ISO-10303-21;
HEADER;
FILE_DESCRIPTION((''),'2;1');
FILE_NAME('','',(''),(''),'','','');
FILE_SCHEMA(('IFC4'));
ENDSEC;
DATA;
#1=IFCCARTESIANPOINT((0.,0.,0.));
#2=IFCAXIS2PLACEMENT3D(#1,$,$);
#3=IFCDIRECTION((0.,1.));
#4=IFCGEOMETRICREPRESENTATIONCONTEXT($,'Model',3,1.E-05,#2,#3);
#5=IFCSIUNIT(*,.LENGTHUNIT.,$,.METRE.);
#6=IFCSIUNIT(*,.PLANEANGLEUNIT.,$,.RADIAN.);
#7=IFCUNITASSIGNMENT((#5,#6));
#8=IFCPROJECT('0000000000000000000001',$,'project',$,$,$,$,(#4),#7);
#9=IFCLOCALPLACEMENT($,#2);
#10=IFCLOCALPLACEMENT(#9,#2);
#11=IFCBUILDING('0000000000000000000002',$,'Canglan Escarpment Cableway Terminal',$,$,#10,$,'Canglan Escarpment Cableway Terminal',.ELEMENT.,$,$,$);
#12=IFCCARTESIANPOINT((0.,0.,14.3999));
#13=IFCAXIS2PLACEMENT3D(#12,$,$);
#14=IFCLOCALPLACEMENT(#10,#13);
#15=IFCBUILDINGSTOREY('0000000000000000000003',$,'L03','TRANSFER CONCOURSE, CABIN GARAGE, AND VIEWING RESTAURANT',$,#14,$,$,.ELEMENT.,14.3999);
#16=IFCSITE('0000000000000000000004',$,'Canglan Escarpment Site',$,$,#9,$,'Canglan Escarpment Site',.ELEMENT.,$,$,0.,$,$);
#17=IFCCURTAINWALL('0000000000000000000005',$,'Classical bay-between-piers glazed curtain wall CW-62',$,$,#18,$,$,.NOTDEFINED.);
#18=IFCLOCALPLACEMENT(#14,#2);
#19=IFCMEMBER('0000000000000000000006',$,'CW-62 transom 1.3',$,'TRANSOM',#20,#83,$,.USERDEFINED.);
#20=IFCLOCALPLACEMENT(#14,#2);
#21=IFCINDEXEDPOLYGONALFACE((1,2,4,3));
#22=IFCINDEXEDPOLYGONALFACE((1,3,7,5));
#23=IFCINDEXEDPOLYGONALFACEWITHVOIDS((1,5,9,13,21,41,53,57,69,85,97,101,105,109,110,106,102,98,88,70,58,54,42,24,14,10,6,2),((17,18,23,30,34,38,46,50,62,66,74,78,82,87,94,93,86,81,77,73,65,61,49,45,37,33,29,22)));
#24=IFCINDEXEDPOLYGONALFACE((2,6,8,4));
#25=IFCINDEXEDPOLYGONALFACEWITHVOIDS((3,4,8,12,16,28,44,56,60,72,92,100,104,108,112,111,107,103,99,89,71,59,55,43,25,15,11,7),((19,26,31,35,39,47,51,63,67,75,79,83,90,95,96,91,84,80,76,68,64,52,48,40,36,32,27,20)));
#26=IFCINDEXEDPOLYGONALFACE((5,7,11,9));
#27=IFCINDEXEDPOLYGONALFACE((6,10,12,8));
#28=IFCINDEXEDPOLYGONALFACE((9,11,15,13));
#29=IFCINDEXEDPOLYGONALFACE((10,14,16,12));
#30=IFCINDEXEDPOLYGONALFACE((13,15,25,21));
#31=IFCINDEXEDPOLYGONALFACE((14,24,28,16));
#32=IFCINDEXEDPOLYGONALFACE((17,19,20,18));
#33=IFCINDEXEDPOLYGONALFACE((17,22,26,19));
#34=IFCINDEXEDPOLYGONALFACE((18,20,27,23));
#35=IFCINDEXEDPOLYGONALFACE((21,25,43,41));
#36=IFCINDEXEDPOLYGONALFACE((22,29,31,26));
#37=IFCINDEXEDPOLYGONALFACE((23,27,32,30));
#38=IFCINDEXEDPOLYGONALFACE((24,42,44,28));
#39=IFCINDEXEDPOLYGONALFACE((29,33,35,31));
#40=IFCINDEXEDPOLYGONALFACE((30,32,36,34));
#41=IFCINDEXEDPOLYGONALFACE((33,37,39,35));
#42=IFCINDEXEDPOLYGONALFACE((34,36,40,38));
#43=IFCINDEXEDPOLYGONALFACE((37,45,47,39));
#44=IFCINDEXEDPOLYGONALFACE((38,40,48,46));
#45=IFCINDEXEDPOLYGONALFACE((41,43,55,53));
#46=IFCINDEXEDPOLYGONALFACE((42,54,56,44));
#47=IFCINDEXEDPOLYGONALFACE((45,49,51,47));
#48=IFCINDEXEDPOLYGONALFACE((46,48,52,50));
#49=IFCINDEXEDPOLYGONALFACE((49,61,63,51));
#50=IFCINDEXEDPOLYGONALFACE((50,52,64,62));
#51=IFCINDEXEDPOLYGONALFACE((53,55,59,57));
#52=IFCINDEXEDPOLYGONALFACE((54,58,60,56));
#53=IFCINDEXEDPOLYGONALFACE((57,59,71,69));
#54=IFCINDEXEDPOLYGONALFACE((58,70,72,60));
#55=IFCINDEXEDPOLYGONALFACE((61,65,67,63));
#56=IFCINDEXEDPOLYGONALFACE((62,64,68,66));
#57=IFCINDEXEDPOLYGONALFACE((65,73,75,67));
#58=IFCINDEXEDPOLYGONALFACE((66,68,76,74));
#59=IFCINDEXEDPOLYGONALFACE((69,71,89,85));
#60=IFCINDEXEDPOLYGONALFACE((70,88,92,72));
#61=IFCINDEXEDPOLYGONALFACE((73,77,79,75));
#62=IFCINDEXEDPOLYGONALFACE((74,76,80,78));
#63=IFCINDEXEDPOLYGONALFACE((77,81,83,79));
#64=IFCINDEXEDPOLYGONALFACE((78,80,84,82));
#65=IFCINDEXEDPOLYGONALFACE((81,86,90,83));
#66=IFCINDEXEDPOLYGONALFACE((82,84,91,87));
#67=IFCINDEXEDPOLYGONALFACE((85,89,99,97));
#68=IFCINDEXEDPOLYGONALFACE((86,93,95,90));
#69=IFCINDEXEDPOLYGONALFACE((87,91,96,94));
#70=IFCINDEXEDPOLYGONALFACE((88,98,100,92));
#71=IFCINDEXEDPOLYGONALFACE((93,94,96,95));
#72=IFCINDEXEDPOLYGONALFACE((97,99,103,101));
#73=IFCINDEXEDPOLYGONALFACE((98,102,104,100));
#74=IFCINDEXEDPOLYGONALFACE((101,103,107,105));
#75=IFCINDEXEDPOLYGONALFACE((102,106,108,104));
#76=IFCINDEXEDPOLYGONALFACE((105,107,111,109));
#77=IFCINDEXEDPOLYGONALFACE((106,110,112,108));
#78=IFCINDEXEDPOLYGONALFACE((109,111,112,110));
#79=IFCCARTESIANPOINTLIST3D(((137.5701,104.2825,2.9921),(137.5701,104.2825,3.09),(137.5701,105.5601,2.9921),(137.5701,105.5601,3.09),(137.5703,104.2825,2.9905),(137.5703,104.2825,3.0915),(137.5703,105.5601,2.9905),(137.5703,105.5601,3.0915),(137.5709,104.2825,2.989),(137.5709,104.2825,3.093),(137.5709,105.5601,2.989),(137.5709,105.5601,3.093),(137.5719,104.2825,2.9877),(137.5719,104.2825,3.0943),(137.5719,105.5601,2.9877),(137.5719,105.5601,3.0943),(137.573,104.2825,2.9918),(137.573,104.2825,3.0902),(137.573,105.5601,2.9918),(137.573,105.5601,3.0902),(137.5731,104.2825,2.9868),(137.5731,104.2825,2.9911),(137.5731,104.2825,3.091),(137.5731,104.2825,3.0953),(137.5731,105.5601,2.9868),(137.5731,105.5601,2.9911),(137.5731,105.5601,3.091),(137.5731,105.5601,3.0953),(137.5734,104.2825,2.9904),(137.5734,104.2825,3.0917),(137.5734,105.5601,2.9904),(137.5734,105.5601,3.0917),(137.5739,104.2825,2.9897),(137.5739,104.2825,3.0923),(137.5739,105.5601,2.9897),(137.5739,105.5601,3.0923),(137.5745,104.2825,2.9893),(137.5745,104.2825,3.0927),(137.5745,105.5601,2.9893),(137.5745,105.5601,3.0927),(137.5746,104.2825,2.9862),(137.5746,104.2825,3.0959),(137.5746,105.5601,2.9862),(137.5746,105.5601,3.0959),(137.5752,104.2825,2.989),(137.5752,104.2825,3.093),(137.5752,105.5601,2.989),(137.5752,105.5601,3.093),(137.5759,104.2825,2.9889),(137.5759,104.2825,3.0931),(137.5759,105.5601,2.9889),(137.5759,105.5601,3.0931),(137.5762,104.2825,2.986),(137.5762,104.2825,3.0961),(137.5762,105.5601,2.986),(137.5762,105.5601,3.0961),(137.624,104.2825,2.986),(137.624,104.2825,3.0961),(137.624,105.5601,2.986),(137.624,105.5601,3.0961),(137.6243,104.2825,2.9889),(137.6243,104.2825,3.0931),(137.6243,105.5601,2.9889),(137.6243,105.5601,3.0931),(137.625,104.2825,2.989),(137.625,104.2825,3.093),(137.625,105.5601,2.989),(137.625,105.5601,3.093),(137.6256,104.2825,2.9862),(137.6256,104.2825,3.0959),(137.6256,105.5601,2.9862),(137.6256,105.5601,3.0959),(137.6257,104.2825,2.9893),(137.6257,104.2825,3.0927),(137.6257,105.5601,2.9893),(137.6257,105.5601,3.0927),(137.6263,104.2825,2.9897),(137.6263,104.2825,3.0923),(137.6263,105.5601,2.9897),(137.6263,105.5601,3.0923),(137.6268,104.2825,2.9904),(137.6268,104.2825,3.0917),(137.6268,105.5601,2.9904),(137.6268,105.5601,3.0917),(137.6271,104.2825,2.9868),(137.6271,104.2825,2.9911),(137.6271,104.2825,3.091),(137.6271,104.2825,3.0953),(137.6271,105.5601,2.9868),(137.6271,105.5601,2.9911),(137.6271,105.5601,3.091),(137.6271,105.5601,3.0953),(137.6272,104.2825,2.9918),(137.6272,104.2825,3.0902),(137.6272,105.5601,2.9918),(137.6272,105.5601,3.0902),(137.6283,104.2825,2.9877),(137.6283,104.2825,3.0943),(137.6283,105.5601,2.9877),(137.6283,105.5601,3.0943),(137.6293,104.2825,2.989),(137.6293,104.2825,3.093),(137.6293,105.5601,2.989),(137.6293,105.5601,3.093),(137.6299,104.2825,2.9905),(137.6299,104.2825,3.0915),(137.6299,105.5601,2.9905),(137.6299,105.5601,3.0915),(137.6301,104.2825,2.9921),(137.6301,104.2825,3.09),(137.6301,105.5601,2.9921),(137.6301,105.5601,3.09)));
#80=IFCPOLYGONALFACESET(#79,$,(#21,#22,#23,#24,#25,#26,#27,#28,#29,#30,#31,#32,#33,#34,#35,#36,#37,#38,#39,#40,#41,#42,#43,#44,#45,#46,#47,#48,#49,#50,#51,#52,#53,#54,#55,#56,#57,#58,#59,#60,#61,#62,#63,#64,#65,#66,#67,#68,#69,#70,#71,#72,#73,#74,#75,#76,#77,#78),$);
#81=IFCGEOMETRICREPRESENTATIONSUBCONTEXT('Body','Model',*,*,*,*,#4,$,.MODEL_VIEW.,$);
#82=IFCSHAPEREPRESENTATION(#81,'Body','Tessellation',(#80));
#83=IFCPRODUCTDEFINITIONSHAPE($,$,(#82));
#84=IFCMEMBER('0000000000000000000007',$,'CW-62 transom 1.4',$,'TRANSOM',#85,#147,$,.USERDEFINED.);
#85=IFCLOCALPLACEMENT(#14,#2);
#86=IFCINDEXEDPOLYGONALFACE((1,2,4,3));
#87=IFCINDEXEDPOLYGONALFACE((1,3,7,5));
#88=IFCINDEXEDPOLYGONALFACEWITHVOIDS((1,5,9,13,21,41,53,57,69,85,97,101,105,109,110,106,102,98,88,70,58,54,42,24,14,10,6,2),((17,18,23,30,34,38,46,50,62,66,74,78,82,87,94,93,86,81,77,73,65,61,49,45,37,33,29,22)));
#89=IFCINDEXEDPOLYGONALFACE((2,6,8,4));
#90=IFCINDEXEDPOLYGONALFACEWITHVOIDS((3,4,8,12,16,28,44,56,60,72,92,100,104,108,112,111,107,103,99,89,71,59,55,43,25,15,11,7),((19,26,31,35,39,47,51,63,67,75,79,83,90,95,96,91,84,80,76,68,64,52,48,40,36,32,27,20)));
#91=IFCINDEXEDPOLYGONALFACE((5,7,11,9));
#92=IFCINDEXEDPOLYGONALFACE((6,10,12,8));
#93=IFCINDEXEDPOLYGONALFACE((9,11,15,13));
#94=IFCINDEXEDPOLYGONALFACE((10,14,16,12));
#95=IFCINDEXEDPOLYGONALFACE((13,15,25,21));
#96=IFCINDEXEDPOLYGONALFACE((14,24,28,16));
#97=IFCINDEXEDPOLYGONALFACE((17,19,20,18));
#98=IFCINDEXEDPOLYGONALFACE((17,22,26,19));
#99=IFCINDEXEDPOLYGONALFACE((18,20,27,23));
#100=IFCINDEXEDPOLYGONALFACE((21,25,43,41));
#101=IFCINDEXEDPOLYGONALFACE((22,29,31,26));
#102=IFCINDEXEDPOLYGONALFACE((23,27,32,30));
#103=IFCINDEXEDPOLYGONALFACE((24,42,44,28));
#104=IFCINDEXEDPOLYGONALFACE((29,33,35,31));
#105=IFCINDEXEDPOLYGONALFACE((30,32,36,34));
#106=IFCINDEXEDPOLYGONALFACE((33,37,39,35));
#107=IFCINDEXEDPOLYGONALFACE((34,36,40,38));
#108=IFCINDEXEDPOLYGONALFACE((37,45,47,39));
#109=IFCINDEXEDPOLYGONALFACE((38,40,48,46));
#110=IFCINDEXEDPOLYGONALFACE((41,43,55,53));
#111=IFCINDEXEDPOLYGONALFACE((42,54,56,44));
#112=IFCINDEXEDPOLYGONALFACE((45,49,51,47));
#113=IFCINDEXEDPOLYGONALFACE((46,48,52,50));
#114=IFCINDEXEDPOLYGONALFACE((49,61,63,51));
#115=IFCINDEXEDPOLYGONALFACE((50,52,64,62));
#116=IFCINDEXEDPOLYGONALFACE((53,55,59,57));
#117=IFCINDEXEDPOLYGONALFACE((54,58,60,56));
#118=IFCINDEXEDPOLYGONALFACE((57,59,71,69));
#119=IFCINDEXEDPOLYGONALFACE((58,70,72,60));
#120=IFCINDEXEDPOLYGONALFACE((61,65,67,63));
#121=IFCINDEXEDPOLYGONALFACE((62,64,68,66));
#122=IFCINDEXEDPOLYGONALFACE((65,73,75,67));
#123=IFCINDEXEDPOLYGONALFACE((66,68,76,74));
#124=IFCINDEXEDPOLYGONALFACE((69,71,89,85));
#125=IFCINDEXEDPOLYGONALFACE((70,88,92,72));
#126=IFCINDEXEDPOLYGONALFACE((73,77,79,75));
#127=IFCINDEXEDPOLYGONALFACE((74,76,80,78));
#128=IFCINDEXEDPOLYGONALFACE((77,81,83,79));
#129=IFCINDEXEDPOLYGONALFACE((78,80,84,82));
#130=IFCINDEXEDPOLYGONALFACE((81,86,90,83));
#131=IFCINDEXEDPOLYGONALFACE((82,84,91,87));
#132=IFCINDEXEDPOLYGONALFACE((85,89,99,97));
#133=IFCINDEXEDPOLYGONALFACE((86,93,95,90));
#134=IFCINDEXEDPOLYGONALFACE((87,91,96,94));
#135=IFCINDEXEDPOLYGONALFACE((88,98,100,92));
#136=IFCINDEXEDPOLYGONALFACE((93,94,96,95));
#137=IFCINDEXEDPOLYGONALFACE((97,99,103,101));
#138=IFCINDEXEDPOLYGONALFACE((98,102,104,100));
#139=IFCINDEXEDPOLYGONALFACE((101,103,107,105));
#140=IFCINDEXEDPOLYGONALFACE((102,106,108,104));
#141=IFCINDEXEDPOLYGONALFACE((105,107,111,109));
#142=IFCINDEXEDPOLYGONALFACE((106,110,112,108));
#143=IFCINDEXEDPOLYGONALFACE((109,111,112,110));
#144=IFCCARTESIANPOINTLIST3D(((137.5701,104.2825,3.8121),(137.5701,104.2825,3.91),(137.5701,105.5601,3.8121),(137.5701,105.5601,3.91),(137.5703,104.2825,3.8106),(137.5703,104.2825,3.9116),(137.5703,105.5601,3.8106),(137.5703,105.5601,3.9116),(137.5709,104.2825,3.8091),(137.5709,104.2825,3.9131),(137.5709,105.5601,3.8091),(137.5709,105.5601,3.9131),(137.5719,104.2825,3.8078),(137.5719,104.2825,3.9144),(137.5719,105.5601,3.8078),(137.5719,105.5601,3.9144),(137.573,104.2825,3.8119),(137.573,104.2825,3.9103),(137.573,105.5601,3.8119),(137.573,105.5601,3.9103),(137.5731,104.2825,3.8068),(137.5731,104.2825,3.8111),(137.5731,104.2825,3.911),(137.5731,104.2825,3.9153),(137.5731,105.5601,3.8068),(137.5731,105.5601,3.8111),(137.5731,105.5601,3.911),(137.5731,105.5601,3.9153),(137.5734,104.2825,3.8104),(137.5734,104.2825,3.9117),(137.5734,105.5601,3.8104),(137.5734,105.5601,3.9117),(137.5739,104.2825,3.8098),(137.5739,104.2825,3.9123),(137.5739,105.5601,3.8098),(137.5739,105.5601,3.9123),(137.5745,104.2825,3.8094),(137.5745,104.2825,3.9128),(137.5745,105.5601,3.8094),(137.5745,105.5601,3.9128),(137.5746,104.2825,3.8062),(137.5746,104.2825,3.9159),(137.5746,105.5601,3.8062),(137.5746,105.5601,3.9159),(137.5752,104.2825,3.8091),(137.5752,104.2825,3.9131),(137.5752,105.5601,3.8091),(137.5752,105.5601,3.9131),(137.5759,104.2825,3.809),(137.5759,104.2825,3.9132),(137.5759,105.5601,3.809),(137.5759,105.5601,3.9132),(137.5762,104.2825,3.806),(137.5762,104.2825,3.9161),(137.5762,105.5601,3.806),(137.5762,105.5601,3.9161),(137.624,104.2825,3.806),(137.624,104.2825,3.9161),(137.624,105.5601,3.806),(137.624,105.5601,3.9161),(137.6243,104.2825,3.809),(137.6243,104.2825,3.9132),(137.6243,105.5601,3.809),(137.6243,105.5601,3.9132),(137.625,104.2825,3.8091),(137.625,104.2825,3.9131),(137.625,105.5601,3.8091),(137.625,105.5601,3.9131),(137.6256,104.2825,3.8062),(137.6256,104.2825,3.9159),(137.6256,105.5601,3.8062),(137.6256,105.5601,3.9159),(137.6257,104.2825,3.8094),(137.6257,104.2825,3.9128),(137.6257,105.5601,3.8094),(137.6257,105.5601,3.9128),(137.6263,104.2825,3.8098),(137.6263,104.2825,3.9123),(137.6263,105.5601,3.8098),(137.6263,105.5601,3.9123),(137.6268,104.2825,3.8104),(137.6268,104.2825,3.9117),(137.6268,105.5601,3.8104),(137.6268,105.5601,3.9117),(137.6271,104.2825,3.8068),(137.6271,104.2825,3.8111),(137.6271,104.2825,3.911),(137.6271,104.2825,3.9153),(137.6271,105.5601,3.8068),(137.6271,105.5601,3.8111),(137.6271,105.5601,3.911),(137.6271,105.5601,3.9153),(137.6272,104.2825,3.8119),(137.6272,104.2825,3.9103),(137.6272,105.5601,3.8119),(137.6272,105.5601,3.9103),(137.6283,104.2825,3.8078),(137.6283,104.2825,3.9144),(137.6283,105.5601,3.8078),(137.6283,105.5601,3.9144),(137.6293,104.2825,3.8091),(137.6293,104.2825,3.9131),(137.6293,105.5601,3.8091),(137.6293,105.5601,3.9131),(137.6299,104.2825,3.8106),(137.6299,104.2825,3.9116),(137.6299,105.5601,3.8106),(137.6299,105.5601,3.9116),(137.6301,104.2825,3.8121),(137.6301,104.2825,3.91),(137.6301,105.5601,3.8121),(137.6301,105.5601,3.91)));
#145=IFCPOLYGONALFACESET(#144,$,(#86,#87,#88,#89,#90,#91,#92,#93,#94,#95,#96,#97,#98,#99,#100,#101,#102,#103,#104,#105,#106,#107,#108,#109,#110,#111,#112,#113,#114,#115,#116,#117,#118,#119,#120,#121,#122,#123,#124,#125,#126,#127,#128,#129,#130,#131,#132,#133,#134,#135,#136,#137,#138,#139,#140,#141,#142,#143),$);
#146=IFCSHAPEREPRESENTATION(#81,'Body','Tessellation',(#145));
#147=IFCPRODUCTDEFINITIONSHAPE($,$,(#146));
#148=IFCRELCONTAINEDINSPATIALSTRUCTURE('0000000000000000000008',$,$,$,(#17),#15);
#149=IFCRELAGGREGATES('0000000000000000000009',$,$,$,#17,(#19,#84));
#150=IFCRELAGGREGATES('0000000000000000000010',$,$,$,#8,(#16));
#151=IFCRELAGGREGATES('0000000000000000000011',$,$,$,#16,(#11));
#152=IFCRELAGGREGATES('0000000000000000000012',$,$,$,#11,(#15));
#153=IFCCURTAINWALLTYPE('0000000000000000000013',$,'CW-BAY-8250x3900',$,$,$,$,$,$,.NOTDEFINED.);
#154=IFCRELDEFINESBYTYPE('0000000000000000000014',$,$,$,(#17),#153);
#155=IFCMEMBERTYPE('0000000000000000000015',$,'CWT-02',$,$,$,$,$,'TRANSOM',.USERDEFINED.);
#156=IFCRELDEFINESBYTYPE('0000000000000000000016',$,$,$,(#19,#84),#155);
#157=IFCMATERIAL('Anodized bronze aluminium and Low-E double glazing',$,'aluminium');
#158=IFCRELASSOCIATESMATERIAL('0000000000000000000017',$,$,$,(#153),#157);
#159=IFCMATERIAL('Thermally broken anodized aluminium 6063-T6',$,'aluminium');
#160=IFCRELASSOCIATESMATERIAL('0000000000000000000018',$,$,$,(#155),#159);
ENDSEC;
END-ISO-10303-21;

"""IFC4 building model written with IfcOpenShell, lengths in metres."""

from ifc_helpers import new_model, si_unit, direction, frame, origin, origin_2d, place, context, subcontext, project, spatial, hollow_rectangle, extrude, material, material_profile, profile_set, type_object, element, aggregate, save


model = new_model("IFC4")

# Units and contexts
model_context = context("Model", 3, precision=1e-05, world=origin(), true_north=direction((0.0, 1.0)))
body_context = subcontext(model_context, "Body", "Model", "MODEL_VIEW")
ifc_project = project(units=[si_unit("LENGTHUNIT", "METRE"), si_unit("PLANEANGLEUNIT", "RADIAN")], contexts=[model_context])

# Site, building, storey
site_placement = place(None, origin())
site = spatial("IfcSite", under=ifc_project, at=site_placement, Name="Canglan Escarpment Site", LongName="Canglan Escarpment Site", CompositionType="ELEMENT", RefElevation=0.0)
building_placement = place(site_placement, origin())
building = spatial("IfcBuilding", under=site, at=building_placement, Name="Canglan Escarpment Cableway Terminal", LongName="Canglan Escarpment Cableway Terminal", CompositionType="ELEMENT")
storey_placement = place(building_placement, frame((0.0, 0.0, 14.3999)))
storey = spatial("IfcBuildingStorey", under=building, at=storey_placement, Name="L03", Description="TRANSFER CONCOURSE, CABIN GARAGE, AND VIEWING RESTAURANT", CompositionType="ELEMENT", Elevation=14.3999)

# Curtain wall
ifc_material_1 = material(Name="Anodized bronze aluminium and Low-E double glazing", Category="aluminium")
curtain_wall_type = type_object("IfcCurtainWallType", Name="CW-BAY-8250x3900", PredefinedType="NOTDEFINED", material=ifc_material_1)
curtain_wall_1_placement = place(storey_placement, origin())
curtain_wall_1 = element("IfcCurtainWall", 1, at=curtain_wall_1_placement, inside=storey, type_object=curtain_wall_type, Name="Classical bay-between-piers glazed curtain wall CW-62", PredefinedType="NOTDEFINED")
ifc_material_2 = material(Name="Thermally broken anodized aluminium 6063-T6", Category="aluminium")

# Members
ifc_material_profile_1 = material_profile(ifc_material_2, hollow_rectangle(XDim=0.0601, YDim=0.1101, WallThickness=0.0029, InnerFilletRadius=0.0029, OuterFilletRadius=0.0061, at=origin_2d()), Name="ALU-TRAN 60x110x3")
ifc_profile_set_1 = profile_set([ifc_material_profile_1], Name="Thermally broken anodized aluminium 6063-T6")
member_type_1 = type_object("IfcMemberType", Name="CWT-02", ElementType="TRANSOM", PredefinedType="USERDEFINED", material=ifc_profile_set_1)
member_1_placement = place(storey_placement, frame((137.6001, 105.5601, 3.041), z_axis=(0.0, -1.0, 0.0), x_axis=(1.0, 0.0, 0.0)))
member_1 = element("IfcMember", 2, at=member_1_placement, type_object=member_type_1, Name="CW-62 transom 1.3", ObjectType="TRANSOM", PredefinedType="USERDEFINED", context=body_context, shape_type="SweptSolid", body=[
    extrude(hollow_rectangle(XDim=0.0601, YDim=0.1101, WallThickness=0.0029, InnerFilletRadius=0.0029, OuterFilletRadius=0.0061, at=origin_2d()), origin(), (0.0, 0.0, 1.0), 1.2776),
])
member_2_placement = place(storey_placement, frame((137.6001, 105.5601, 3.8611), z_axis=(0.0, -1.0, 0.0), x_axis=(1.0, 0.0, 0.0)))
member_2 = element("IfcMember", 3, at=member_2_placement, type_object=member_type_1, Name="CW-62 transom 1.4", ObjectType="TRANSOM", PredefinedType="USERDEFINED", context=body_context, shape_type="SweptSolid", body=[
    extrude(hollow_rectangle(XDim=0.0601, YDim=0.1101, WallThickness=0.0029, InnerFilletRadius=0.0029, OuterFilletRadius=0.0061, at=origin_2d()), origin(), (0.0, 0.0, 1.0), 1.2776),
])

aggregate(curtain_wall_1, [member_1, member_2])

save(model, "model.ifc")
